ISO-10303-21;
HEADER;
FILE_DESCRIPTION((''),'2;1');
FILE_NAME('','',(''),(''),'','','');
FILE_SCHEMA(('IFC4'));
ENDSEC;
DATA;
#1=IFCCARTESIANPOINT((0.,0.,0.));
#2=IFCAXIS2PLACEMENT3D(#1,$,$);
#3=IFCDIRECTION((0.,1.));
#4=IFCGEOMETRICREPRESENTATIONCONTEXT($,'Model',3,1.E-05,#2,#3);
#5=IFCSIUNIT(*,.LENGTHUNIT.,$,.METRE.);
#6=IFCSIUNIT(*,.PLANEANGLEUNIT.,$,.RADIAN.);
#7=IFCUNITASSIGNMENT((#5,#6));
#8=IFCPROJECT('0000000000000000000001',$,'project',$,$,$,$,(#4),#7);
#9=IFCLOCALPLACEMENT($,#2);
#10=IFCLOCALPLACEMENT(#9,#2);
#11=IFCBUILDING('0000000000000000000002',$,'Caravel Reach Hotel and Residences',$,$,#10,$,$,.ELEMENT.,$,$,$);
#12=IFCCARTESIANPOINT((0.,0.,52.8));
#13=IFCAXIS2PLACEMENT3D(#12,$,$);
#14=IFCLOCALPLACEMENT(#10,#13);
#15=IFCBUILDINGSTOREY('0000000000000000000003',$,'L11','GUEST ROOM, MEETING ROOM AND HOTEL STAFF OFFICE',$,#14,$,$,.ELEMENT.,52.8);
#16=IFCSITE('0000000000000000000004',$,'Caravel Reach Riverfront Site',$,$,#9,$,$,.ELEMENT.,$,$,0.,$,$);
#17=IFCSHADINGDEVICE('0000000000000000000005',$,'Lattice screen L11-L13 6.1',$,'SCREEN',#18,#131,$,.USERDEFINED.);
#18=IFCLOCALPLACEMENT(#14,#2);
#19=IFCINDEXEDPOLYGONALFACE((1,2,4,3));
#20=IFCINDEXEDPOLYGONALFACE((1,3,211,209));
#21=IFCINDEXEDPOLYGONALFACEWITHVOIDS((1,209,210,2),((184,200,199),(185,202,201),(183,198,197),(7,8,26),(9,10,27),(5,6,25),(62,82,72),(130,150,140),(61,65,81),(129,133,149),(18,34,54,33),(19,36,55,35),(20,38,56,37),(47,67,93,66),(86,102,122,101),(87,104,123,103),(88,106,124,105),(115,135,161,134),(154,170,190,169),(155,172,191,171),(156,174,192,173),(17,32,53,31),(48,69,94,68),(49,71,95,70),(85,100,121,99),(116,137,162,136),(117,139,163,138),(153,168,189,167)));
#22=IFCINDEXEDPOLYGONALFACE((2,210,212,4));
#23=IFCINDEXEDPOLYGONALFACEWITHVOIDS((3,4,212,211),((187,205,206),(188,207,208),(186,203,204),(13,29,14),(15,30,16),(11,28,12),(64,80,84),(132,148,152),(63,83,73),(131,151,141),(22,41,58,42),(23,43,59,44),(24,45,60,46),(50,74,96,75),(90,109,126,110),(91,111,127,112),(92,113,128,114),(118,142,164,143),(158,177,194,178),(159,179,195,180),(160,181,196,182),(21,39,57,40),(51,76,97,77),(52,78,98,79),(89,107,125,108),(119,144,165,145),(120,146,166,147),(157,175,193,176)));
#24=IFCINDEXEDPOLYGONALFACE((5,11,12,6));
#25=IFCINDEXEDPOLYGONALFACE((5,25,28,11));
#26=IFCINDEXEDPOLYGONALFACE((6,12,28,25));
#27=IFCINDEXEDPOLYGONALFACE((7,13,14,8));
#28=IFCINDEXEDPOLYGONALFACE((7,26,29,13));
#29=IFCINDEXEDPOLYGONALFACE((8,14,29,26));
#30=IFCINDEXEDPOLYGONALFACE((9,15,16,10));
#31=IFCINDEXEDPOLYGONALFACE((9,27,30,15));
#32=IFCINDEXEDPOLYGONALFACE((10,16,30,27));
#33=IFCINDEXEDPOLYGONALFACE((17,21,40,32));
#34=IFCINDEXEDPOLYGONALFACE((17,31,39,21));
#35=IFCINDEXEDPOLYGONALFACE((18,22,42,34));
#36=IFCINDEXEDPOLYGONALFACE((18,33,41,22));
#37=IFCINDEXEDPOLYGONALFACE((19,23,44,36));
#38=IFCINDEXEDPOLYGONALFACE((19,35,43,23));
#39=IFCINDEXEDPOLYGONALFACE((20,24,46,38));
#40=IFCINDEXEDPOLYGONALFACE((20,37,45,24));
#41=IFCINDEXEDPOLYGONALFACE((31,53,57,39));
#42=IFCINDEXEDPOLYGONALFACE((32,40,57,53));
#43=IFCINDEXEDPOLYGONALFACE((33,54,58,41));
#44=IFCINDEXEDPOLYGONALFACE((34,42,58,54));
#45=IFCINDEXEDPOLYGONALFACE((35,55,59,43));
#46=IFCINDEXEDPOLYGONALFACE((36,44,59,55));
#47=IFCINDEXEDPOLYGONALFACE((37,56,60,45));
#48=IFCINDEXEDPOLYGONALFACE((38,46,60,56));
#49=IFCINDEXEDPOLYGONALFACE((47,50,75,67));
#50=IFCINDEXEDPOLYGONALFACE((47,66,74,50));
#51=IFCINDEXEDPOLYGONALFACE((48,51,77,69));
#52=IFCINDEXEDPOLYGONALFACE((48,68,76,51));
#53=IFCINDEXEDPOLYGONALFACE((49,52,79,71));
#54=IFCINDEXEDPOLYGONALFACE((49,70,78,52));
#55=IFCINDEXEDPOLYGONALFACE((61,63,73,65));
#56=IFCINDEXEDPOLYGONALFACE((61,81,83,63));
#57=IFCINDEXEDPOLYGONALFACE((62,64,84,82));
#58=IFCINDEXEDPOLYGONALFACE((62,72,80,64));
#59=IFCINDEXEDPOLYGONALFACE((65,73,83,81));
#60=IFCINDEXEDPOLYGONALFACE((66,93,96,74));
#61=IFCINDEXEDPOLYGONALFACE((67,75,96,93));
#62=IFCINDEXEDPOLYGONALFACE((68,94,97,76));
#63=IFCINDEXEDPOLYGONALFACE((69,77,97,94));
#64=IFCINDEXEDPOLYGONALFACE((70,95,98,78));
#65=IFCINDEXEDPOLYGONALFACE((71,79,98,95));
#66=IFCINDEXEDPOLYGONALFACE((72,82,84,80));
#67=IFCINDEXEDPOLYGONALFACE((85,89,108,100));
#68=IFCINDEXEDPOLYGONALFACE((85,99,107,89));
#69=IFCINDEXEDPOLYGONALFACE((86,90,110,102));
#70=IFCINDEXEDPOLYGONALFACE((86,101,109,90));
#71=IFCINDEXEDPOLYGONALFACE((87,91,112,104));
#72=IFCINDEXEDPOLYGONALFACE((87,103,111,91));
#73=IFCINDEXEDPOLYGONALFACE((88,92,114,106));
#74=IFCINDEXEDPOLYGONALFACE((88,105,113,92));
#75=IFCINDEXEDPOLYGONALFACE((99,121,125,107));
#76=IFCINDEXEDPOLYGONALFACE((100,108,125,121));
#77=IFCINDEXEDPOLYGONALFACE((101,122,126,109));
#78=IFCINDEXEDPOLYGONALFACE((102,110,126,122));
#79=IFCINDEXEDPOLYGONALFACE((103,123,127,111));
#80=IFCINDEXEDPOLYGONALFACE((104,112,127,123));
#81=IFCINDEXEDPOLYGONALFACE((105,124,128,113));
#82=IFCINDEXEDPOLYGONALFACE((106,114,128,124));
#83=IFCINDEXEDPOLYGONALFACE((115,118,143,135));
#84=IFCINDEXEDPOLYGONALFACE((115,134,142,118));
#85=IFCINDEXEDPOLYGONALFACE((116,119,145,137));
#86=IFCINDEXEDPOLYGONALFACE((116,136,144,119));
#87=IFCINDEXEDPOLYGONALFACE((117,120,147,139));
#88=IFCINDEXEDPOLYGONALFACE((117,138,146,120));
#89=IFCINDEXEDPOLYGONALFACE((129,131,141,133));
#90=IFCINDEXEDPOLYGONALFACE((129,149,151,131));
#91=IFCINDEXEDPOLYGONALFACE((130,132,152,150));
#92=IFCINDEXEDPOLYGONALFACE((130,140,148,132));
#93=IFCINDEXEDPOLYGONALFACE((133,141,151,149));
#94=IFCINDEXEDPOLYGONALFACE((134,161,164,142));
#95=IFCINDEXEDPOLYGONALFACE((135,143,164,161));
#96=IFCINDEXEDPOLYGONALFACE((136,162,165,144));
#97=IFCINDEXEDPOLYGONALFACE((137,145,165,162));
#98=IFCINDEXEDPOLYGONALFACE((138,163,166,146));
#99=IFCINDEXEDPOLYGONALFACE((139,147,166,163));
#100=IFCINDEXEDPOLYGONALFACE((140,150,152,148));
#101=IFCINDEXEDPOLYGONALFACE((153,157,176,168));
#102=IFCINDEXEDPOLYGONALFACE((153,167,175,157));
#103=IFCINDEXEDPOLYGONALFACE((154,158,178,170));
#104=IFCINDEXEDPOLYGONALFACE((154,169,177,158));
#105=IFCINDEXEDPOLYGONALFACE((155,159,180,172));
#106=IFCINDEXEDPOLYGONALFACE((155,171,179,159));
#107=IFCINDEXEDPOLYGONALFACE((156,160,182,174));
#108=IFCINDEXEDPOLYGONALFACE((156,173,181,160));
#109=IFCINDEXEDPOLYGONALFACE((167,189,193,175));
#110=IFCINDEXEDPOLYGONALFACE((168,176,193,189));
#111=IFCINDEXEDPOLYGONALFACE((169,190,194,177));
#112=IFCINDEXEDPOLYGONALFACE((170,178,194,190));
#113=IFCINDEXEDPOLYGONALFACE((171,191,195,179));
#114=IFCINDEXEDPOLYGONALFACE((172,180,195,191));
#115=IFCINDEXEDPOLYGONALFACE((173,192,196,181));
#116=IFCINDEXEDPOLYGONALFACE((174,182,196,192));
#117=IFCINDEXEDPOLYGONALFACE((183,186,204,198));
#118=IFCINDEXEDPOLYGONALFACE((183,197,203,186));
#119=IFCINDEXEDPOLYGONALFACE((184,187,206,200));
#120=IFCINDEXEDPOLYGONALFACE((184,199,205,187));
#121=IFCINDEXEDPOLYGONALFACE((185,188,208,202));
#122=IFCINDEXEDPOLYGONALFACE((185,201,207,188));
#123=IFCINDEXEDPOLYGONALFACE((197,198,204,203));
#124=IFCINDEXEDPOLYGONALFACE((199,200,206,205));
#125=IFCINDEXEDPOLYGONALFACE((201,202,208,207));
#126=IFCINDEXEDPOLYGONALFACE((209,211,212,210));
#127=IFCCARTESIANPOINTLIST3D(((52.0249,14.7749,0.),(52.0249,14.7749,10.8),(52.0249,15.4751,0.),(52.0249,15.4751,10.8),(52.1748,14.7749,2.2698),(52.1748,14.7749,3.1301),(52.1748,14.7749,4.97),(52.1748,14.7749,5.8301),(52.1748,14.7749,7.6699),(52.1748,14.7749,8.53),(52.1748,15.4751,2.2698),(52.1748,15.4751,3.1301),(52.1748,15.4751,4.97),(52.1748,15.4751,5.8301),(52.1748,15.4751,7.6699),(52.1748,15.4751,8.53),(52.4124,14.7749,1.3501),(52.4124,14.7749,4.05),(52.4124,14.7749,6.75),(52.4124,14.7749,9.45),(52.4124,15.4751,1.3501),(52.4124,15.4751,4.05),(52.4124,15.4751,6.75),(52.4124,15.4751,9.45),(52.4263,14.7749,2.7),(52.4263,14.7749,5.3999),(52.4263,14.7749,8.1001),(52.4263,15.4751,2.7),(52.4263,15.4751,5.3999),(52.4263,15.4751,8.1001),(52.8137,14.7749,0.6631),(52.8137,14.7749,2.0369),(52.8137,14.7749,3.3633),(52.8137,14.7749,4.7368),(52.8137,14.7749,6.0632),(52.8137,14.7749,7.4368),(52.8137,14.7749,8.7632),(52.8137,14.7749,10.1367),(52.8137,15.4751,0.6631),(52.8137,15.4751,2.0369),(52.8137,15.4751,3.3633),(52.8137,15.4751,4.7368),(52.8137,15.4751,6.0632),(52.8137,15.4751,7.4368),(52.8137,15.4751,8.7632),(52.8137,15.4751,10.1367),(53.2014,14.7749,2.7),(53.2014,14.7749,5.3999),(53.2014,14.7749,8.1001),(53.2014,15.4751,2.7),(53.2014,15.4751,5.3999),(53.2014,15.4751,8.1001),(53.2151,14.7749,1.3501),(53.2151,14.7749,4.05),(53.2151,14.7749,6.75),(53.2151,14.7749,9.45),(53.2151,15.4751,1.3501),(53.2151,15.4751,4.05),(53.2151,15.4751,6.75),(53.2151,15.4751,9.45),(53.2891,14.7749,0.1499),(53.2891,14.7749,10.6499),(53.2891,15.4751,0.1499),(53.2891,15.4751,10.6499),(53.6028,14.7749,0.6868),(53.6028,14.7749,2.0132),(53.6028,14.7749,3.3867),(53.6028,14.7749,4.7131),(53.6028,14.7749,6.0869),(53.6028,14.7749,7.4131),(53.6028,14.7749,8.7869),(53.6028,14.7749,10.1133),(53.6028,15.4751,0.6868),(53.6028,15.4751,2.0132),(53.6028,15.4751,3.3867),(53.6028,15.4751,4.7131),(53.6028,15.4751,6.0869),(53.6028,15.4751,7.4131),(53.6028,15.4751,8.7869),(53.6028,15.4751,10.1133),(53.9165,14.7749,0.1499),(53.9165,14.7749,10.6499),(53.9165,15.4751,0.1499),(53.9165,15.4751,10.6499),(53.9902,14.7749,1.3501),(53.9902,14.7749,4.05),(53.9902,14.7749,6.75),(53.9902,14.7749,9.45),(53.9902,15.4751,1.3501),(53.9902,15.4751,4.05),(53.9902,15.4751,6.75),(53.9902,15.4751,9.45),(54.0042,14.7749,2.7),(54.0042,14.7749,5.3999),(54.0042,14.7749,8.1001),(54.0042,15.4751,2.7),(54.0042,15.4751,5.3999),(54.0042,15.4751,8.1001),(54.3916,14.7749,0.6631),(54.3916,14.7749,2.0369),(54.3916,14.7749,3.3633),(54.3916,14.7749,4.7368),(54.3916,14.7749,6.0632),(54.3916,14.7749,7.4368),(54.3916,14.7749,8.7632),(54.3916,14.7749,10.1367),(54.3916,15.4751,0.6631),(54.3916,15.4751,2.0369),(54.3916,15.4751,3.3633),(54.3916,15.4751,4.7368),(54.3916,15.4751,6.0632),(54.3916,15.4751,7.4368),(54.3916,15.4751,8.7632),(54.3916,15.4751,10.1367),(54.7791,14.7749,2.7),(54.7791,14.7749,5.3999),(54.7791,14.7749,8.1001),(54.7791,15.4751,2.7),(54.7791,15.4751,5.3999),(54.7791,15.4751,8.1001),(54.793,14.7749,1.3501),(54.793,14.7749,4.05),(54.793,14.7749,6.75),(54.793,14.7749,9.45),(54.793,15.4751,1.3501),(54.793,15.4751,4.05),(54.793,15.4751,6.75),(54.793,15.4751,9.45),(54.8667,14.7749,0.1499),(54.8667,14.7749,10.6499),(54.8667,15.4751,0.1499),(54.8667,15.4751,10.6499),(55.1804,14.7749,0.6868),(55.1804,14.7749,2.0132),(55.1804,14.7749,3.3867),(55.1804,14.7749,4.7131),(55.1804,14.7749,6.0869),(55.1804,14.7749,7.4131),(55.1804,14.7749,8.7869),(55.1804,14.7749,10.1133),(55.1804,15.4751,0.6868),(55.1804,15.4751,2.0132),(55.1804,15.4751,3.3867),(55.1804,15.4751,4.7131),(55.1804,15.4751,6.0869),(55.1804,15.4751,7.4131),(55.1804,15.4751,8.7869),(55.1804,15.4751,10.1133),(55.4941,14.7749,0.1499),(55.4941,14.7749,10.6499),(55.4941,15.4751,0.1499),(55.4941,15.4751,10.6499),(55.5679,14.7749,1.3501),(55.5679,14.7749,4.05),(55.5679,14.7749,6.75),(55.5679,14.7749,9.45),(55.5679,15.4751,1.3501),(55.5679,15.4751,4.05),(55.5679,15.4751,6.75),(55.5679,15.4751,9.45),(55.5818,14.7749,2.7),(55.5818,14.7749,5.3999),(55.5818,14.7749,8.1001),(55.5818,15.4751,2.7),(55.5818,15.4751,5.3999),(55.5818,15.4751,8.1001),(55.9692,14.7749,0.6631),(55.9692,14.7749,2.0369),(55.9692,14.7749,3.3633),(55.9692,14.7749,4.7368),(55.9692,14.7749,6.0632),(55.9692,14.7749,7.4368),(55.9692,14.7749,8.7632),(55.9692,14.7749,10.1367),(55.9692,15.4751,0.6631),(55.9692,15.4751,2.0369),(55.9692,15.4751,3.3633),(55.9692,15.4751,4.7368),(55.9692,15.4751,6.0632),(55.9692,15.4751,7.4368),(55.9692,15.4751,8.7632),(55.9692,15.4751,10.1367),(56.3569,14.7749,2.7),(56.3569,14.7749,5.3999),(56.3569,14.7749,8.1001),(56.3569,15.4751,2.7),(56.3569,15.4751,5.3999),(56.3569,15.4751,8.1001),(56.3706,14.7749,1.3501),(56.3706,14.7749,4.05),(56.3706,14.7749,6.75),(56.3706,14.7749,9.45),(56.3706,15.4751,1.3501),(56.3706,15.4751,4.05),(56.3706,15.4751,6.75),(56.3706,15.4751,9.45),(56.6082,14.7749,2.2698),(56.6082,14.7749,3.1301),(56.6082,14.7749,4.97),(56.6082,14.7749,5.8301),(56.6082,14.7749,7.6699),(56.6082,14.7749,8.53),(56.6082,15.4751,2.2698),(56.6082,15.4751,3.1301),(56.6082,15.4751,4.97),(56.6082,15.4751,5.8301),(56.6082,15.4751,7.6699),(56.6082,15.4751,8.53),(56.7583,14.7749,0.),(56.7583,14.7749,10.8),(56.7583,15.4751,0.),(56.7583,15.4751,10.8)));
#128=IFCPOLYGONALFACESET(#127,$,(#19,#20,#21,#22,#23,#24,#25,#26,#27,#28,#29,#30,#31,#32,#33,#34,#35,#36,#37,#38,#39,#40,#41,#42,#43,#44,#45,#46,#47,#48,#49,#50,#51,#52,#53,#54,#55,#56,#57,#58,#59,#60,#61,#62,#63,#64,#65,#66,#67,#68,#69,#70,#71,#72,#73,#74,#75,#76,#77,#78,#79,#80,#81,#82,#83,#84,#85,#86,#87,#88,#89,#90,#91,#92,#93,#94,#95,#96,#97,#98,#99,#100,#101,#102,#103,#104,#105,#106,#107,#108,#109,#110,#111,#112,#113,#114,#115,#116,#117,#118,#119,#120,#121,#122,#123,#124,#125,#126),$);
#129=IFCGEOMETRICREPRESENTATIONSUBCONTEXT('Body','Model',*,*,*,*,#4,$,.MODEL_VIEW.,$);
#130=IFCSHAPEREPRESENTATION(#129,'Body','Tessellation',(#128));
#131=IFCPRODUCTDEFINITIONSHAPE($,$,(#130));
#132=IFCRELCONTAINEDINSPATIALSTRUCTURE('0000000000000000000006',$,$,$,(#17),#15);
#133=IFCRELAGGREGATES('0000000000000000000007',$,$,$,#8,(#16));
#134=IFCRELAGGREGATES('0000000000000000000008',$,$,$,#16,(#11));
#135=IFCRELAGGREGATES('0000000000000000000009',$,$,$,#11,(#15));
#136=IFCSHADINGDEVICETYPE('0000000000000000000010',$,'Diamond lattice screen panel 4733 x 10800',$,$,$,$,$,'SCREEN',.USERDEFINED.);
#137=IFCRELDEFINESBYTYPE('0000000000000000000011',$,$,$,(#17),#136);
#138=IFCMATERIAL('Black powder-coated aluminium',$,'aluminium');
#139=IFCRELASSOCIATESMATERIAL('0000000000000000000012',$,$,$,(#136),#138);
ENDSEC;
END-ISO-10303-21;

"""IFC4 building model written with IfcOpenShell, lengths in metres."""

from ifc_helpers import new_model, si_unit, direction, frame, origin, place, context, subcontext, project, spatial, polyline, outline, extrude, material, type_object, element, save


model = new_model("IFC4")

# Units and contexts
model_context = context("Model", 3, precision=1e-05, world=origin(), true_north=direction((0.0, 1.0)))
body_context = subcontext(model_context, "Body", "Model", "MODEL_VIEW")
ifc_project = project(units=[si_unit("LENGTHUNIT", "METRE"), si_unit("PLANEANGLEUNIT", "RADIAN")], contexts=[model_context])

# Site, building, storey
site_placement = place(None, origin())
site = spatial("IfcSite", under=ifc_project, at=site_placement, Name="Caravel Reach Riverfront Site", CompositionType="ELEMENT", RefElevation=0.0)
building_placement = place(site_placement, origin())
building = spatial("IfcBuilding", under=site, at=building_placement, Name="Caravel Reach Hotel and Residences", CompositionType="ELEMENT")
storey_placement = place(building_placement, frame((0.0, 0.0, 52.8)))
storey = spatial("IfcBuildingStorey", under=building, at=storey_placement, Name="L11", Description="GUEST ROOM, MEETING ROOM AND HOTEL STAFF OFFICE", CompositionType="ELEMENT", Elevation=52.8)

# Shading device
ifc_material_1 = material(Name="Black powder-coated aluminium", Category="aluminium")
shading_device_type_1 = type_object("IfcShadingDeviceType", Name="Diamond lattice screen panel 4733 x 10800", ElementType="SCREEN", PredefinedType="USERDEFINED", material=ifc_material_1)
shading_device_1_placement = place(storey_placement, frame((52.0249, 15.4751, 0.0), z_axis=(0.0, -1.0, 0.0), x_axis=(1.0, 0.0, 0.0)))
element("IfcShadingDevice", 1, at=shading_device_1_placement, inside=storey, type_object=shading_device_type_1, Name="Lattice screen L11-L13 6.1", ObjectType="SCREEN", PredefinedType="USERDEFINED", context=body_context, shape_type="SweptSolid", body=[
    extrude(outline(polyline([(0.0, 0.0), (4.7334, 0.0), (4.7334, 10.8), (0.0, 10.8), (0.0, 0.0)]), holes=[polyline([(0.4014, 2.7), (0.1499, 3.1301), (0.1499, 2.2698), (0.4014, 2.7)]), polyline([(0.4014, 5.3999), (0.1499, 5.8301), (0.1499, 4.97), (0.4014, 5.3999)]), polyline([(0.4014, 8.1001), (0.1499, 8.53), (0.1499, 7.6699), (0.4014, 8.1001)]), polyline([(0.7888, 2.0369), (0.3875, 1.3501), (0.7888, 0.6631), (1.1902, 1.3501), (0.7888, 2.0369)]), polyline([(0.7888, 4.7368), (0.3875, 4.05), (0.7888, 3.3633), (1.1902, 4.05), (0.7888, 4.7368)]), polyline([(0.7888, 7.4368), (0.3875, 6.75), (0.7888, 6.0632), (1.1902, 6.75), (0.7888, 7.4368)]), polyline([(0.7888, 10.1367), (0.3875, 9.45), (0.7888, 8.7632), (1.1902, 9.45), (0.7888, 10.1367)]), polyline([(1.5779, 0.6868), (1.2642, 0.1499), (1.8916, 0.1499), (1.5779, 0.6868)]), polyline([(1.5779, 3.3867), (1.1765, 2.7), (1.5779, 2.0132), (1.9792, 2.7), (1.5779, 3.3867)]), polyline([(1.5779, 6.0869), (1.1765, 5.3999), (1.5779, 4.7131), (1.9792, 5.3999), (1.5779, 6.0869)]), polyline([(1.5779, 8.7869), (1.1765, 8.1001), (1.5779, 7.4131), (1.9792, 8.1001), (1.5779, 8.7869)]), polyline([(1.5779, 10.1133), (1.8916, 10.6499), (1.2642, 10.6499), (1.5779, 10.1133)]), polyline([(2.3667, 2.0369), (1.9653, 1.3501), (2.3667, 0.6631), (2.7681, 1.3501), (2.3667, 2.0369)]), polyline([(2.3667, 4.7368), (1.9653, 4.05), (2.3667, 3.3633), (2.7681, 4.05), (2.3667, 4.7368)]), polyline([(2.3667, 7.4368), (1.9653, 6.75), (2.3667, 6.0632), (2.7681, 6.75), (2.3667, 7.4368)]), polyline([(2.3667, 10.1367), (1.9653, 9.45), (2.3667, 8.7632), (2.7681, 9.45), (2.3667, 10.1367)]), polyline([(3.1555, 0.6868), (2.8418, 0.1499), (3.4692, 0.1499), (3.1555, 0.6868)]), polyline([(3.1555, 3.3867), (2.7542, 2.7), (3.1555, 2.0132), (3.5569, 2.7), (3.1555, 3.3867)]), polyline([(3.1555, 6.0869), (2.7542, 5.3999), (3.1555, 4.7131), (3.5569, 5.3999), (3.1555, 6.0869)]), polyline([(3.1555, 8.7869), (2.7542, 8.1001), (3.1555, 7.4131), (3.5569, 8.1001), (3.1555, 8.7869)]), polyline([(3.1555, 10.1133), (3.4692, 10.6499), (2.8418, 10.6499), (3.1555, 10.1133)]), polyline([(3.9443, 2.0369), (3.543, 1.3501), (3.9443, 0.6631), (4.3457, 1.3501), (3.9443, 2.0369)]), polyline([(3.9443, 4.7368), (3.543, 4.05), (3.9443, 3.3633), (4.3457, 4.05), (3.9443, 4.7368)]), polyline([(3.9443, 7.4368), (3.543, 6.75), (3.9443, 6.0632), (4.3457, 6.75), (3.9443, 7.4368)]), polyline([(3.9443, 10.1367), (3.543, 9.45), (3.9443, 8.7632), (4.3457, 9.45), (3.9443, 10.1367)]), polyline([(4.332, 2.7), (4.5833, 2.2698), (4.5833, 3.1301), (4.332, 2.7)]), polyline([(4.332, 5.3999), (4.5833, 4.97), (4.5833, 5.8301), (4.332, 5.3999)]), polyline([(4.332, 8.1001), (4.5833, 7.6699), (4.5833, 8.53), (4.332, 8.1001)])]), origin(), (0.0, 0.0, 1.0), 0.7002),
])

save(model, "model.ifc")
